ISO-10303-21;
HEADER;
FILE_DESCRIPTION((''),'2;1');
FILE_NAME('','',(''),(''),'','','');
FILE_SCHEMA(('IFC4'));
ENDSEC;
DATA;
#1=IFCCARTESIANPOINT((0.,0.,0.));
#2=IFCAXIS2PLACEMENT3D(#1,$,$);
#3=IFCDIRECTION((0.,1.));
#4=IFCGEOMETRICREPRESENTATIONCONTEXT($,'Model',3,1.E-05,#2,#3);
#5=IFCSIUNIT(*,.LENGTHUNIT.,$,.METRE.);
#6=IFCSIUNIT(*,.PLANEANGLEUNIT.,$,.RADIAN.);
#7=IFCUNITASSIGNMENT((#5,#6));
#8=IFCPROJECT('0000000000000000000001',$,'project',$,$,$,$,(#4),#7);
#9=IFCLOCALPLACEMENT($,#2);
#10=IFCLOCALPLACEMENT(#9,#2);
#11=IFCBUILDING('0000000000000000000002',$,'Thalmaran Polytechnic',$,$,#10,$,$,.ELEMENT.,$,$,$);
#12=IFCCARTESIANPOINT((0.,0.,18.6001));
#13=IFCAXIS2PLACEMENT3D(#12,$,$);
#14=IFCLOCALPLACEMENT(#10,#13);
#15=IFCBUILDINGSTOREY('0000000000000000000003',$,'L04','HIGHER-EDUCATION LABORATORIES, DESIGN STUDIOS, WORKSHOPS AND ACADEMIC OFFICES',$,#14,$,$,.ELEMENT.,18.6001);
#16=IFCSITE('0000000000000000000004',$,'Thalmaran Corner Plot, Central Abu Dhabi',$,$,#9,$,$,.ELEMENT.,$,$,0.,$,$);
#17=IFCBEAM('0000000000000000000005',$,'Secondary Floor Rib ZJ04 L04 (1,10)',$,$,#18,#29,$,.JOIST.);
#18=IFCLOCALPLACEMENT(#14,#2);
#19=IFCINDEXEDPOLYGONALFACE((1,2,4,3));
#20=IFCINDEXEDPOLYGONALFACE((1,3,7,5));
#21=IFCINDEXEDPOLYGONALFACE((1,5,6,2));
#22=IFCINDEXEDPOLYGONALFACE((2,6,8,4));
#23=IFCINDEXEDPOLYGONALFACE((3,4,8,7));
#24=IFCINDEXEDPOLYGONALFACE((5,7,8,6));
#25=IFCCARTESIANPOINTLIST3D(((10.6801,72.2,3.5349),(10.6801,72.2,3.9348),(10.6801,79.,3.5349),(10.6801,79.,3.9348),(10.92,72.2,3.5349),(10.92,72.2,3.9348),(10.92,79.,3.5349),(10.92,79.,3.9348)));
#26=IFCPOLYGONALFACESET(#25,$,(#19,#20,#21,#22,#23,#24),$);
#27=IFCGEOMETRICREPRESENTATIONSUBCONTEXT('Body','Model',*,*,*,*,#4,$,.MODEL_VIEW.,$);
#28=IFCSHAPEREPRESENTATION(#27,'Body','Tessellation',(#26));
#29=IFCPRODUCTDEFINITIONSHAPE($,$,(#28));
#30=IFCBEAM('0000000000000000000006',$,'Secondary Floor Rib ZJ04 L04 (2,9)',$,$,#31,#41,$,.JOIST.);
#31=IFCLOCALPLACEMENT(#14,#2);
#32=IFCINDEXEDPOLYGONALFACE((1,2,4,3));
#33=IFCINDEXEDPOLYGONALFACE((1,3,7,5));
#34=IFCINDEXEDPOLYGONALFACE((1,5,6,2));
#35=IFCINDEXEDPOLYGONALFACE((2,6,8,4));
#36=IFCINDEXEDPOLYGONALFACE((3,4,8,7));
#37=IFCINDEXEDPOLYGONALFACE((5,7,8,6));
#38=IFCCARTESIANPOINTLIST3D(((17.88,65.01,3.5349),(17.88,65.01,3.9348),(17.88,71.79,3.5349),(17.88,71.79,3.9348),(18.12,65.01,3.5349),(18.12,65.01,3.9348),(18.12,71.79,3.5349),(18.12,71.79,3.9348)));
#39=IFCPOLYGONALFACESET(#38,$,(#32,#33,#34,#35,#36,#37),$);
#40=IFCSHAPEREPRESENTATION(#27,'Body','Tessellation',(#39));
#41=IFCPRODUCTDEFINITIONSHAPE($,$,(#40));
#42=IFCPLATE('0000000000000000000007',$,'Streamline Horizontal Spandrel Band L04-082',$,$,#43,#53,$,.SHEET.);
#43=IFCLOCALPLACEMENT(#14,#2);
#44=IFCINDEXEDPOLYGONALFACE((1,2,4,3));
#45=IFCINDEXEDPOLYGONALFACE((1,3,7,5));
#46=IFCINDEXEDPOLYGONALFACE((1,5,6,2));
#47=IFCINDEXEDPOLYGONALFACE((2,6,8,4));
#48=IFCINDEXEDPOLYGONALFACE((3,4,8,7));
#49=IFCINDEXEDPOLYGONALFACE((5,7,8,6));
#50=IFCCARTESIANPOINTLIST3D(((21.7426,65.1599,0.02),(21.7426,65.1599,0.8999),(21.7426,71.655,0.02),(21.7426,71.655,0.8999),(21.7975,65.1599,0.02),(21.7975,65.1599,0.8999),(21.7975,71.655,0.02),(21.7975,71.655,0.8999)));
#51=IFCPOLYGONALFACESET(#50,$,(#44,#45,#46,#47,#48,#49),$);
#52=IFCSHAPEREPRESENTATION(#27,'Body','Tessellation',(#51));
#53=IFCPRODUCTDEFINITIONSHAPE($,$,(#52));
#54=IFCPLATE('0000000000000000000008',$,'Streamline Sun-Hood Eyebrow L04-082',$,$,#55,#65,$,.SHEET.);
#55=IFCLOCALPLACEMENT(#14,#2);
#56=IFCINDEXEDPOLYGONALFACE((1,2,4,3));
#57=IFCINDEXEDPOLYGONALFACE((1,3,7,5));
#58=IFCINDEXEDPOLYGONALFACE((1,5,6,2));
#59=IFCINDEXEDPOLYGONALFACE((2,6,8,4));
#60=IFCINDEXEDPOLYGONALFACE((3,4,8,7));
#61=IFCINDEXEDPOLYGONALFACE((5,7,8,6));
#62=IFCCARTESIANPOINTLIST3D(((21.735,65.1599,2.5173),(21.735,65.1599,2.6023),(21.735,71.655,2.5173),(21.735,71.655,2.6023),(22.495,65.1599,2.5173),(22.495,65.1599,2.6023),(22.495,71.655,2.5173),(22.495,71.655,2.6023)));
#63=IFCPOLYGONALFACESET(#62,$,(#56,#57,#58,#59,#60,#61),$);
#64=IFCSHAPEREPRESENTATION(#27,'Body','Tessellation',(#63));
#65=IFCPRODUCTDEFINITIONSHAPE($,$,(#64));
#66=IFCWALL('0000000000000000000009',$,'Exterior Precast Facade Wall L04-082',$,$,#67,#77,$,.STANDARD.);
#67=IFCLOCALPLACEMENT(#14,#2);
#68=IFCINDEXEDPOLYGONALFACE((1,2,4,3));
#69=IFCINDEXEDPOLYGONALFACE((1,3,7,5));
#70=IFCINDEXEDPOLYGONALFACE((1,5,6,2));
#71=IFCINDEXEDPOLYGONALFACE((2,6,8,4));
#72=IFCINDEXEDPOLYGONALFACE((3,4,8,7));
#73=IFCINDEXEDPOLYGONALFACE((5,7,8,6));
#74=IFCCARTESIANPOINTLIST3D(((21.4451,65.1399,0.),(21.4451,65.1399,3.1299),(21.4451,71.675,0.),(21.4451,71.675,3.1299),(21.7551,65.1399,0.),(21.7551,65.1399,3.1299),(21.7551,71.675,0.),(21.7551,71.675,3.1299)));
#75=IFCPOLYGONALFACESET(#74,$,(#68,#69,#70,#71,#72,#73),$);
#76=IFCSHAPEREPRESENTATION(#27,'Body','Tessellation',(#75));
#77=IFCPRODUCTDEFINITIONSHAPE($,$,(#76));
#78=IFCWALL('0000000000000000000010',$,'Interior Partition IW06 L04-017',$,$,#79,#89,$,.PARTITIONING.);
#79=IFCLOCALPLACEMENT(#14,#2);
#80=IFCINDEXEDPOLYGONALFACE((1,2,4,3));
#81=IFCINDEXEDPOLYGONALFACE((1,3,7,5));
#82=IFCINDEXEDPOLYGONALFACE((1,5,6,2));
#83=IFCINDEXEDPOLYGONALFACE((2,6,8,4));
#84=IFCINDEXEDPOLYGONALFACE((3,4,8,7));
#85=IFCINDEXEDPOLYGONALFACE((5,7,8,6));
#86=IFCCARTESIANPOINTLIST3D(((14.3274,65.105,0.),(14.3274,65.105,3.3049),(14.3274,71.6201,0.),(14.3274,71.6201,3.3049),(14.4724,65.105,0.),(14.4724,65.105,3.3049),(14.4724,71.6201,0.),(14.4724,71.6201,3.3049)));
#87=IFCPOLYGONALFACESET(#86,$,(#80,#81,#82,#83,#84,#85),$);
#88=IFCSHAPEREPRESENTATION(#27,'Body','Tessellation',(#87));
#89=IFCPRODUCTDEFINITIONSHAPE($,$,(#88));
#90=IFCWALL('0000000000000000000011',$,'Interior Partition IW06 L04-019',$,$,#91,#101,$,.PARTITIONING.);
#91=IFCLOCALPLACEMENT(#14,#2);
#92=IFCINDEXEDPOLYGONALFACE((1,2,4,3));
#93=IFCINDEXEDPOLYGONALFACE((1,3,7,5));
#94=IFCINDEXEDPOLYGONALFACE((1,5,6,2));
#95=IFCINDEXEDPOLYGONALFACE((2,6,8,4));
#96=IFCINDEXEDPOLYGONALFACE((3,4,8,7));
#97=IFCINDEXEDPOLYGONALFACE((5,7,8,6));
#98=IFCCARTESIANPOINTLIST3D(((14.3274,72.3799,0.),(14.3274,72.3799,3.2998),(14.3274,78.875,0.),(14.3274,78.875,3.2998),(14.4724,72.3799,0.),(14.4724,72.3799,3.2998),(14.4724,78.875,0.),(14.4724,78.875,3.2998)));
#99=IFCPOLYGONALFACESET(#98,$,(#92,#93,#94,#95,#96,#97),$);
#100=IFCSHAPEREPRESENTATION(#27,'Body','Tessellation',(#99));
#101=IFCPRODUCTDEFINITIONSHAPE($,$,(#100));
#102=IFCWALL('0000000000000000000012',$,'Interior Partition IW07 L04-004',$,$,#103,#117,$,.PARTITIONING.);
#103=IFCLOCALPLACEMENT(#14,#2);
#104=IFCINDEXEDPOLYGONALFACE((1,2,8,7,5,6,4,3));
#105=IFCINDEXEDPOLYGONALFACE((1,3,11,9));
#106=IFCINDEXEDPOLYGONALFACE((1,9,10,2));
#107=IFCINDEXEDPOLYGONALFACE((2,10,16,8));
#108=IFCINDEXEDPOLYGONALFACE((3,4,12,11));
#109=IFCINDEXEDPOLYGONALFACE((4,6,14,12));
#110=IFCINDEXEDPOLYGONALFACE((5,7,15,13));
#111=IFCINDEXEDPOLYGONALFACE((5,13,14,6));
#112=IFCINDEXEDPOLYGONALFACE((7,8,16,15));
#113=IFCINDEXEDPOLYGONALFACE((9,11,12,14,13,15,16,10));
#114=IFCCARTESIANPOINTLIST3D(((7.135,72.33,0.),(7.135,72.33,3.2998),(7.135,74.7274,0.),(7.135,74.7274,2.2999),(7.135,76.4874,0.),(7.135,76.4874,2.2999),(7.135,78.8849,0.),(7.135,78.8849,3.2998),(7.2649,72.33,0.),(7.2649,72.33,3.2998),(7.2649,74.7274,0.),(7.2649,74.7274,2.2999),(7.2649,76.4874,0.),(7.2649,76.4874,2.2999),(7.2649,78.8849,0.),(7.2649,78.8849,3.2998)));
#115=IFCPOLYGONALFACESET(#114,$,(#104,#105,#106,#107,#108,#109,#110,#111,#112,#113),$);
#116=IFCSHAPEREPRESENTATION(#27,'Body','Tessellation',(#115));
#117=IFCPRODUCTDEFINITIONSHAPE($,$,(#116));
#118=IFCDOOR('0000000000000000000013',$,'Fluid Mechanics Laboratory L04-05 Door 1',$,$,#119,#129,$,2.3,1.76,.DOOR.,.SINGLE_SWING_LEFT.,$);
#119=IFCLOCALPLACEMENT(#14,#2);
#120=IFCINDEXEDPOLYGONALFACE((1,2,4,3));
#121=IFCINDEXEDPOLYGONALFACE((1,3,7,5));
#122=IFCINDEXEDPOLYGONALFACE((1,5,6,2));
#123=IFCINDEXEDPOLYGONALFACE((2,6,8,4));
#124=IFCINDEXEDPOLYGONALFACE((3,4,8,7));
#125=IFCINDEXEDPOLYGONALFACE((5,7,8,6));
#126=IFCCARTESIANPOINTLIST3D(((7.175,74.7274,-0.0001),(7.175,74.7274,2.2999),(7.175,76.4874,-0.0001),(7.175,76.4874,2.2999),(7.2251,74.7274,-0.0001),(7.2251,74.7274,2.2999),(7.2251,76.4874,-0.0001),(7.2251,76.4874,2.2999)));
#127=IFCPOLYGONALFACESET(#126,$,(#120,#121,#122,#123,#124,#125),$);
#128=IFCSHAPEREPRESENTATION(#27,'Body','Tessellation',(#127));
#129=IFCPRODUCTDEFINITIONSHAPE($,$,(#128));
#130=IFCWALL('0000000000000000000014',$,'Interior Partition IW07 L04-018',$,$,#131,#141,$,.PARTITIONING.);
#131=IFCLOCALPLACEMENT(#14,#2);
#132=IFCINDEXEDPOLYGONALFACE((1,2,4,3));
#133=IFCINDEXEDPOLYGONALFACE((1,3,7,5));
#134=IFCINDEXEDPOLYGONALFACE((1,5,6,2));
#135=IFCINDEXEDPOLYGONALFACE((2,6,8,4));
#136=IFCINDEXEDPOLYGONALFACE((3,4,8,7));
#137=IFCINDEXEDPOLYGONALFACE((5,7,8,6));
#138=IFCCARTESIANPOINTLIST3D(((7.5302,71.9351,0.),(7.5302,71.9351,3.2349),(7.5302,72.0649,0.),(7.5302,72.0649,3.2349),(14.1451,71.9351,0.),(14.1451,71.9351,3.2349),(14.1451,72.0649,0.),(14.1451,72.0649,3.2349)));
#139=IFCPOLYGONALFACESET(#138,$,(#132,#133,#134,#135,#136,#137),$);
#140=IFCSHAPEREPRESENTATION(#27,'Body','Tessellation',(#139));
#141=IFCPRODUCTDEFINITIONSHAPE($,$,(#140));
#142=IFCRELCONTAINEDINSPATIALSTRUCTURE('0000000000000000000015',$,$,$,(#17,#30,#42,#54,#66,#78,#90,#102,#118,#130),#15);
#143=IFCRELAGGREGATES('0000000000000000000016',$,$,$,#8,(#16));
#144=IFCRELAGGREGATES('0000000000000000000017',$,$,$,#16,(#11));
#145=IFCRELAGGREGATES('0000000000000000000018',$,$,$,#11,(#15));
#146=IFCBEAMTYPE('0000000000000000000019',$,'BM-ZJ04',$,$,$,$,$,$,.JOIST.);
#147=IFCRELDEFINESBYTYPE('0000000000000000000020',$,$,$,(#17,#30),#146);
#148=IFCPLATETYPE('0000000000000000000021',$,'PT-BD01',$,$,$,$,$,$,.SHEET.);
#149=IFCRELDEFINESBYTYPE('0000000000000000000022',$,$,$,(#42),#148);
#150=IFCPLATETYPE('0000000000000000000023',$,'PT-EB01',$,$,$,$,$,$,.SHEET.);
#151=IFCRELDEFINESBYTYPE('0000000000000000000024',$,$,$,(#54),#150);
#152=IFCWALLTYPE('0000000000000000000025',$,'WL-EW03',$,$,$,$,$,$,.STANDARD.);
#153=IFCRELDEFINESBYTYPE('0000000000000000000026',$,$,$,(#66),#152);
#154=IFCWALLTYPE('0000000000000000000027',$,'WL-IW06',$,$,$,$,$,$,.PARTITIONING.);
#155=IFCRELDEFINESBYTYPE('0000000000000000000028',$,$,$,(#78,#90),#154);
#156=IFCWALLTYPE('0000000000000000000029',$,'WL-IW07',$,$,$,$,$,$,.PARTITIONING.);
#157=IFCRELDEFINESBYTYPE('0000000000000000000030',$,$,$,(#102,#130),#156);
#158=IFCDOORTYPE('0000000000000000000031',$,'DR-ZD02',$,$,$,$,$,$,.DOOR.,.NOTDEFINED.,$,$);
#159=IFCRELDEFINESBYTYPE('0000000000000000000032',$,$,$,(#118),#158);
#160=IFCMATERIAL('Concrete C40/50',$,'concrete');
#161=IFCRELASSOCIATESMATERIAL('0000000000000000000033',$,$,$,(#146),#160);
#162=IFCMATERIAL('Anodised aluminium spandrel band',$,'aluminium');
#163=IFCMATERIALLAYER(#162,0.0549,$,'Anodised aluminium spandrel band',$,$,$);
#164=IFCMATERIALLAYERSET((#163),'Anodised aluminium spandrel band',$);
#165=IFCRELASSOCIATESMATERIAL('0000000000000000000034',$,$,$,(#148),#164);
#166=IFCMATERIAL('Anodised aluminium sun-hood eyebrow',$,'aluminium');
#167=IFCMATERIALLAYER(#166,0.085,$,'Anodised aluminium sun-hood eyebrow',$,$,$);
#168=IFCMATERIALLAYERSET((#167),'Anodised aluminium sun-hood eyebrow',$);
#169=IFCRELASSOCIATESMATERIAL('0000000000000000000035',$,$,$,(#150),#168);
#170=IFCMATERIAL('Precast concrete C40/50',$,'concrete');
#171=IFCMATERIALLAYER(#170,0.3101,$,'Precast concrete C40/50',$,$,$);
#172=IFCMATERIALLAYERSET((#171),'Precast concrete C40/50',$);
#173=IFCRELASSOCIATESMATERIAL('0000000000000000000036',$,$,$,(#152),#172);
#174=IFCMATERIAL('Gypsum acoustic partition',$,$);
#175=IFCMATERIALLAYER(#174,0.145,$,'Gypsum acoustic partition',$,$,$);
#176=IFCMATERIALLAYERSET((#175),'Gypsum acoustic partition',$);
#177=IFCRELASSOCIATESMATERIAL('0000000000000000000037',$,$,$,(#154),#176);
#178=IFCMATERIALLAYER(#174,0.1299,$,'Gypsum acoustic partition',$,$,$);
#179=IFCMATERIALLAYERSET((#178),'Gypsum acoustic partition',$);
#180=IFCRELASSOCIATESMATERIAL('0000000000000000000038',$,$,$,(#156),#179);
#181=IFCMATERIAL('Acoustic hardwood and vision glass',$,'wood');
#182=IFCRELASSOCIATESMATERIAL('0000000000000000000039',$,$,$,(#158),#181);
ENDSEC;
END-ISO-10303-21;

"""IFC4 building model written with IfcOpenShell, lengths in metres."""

from ifc_helpers import new_model, si_unit, direction, frame, frame_2d, origin, origin_2d, place, context, subcontext, project, spatial, rectangle, extrude, material, layer, layer_set, material_profile, profile_set, type_object, element, fill, save


model = new_model("IFC4")

# Units and contexts
model_context = context("Model", 3, precision=1e-05, world=origin(), true_north=direction((0.0, 1.0)))
body_context = subcontext(model_context, "Body", "Model", "MODEL_VIEW")
ifc_project = project(units=[si_unit("LENGTHUNIT", "METRE"), si_unit("PLANEANGLEUNIT", "RADIAN")], contexts=[model_context])

# Site, building, storey
site_placement = place(None, origin())
site = spatial("IfcSite", under=ifc_project, at=site_placement, Name="Thalmaran Corner Plot, Central Abu Dhabi", CompositionType="ELEMENT", RefElevation=0.0)
building_placement = place(site_placement, origin())
building = spatial("IfcBuilding", under=site, at=building_placement, Name="Thalmaran Polytechnic", CompositionType="ELEMENT")
storey_placement = place(building_placement, frame((0.0, 0.0, 18.6001)))
storey = spatial("IfcBuildingStorey", under=building, at=storey_placement, Name="L04", Description="HIGHER-EDUCATION LABORATORIES, DESIGN STUDIOS, WORKSHOPS AND ACADEMIC OFFICES", CompositionType="ELEMENT", Elevation=18.6001)

# Shared definitions
ifc_material_1 = material(Name="Concrete C40/50", Category="concrete")

# Beams
ifc_material_profile_1 = material_profile(ifc_material_1, rectangle(XDim=0.24, YDim=0.3999, at=origin_2d()), Name="RC 240x400")
ifc_profile_set_1 = profile_set([ifc_material_profile_1], Name="Concrete C40/50")
beam_type_1 = type_object("IfcBeamType", Name="BM-ZJ04", PredefinedType="JOIST", material=ifc_profile_set_1)
beam_1_placement = place(storey_placement, frame((10.8, 72.2, 3.7349), z_axis=(0.0, 1.0, 0.0), x_axis=(-1.0, 0.0, 0.0)))
element("IfcBeam", 1, at=beam_1_placement, inside=storey, type_object=beam_type_1, Name="Secondary Floor Rib ZJ04 L04 (1,10)", PredefinedType="JOIST", context=body_context, shape_type="SweptSolid", body=[
    extrude(rectangle(XDim=0.24, YDim=0.3999, at=origin_2d()), origin(), (0.0, 0.0, 1.0), 6.8),
])
beam_2_placement = place(storey_placement, frame((18.0, 65.01, 3.7349), z_axis=(0.0, 1.0, 0.0), x_axis=(-1.0, 0.0, 0.0)))
element("IfcBeam", 2, at=beam_2_placement, inside=storey, type_object=beam_type_1, Name="Secondary Floor Rib ZJ04 L04 (2,9)", PredefinedType="JOIST", context=body_context, shape_type="SweptSolid", body=[
    extrude(rectangle(XDim=0.24, YDim=0.3999, at=origin_2d()), origin(), (0.0, 0.0, 1.0), 6.78),
])

# Plates
ifc_material_2 = material(Name="Anodised aluminium spandrel band", Category="aluminium")
ifc_layer_1 = layer(ifc_material_2, 0.0549, Name="Anodised aluminium spandrel band")
ifc_layer_set_1 = layer_set([ifc_layer_1], Name="Anodised aluminium spandrel band")
plate_type_1 = type_object("IfcPlateType", Name="PT-BD01", PredefinedType="SHEET", material=ifc_layer_set_1)
plate_1_placement = place(storey_placement, frame((21.77, 68.4075, 0.02), z_axis=(0.0, 0.0, 1.0), x_axis=(0.0, -1.0, 0.0)))
element("IfcPlate", 3, at=plate_1_placement, inside=storey, type_object=plate_type_1, Name="Streamline Horizontal Spandrel Band L04-082", PredefinedType="SHEET", context=body_context, shape_type="SweptSolid", body=[
    extrude(rectangle(XDim=6.4951, YDim=0.0549, at=origin_2d()), origin(), (0.0, 0.0, 1.0), 0.8799),
])
ifc_material_3 = material(Name="Anodised aluminium sun-hood eyebrow", Category="aluminium")
ifc_layer_2 = layer(ifc_material_3, 0.085, Name="Anodised aluminium sun-hood eyebrow")
ifc_layer_set_2 = layer_set([ifc_layer_2], Name="Anodised aluminium sun-hood eyebrow")
plate_type_2 = type_object("IfcPlateType", Name="PT-EB01", PredefinedType="SHEET", material=ifc_layer_set_2)
plate_2_placement = place(storey_placement, frame((22.115, 68.4075, 2.5173), z_axis=(0.0, 0.0, 1.0), x_axis=(0.0, -1.0, 0.0)))
element("IfcPlate", 4, at=plate_2_placement, inside=storey, type_object=plate_type_2, Name="Streamline Sun-Hood Eyebrow L04-082", PredefinedType="SHEET", context=body_context, shape_type="SweptSolid", body=[
    extrude(rectangle(XDim=6.4951, YDim=0.76, at=origin_2d()), origin(), (0.0, 0.0, 1.0), 0.085),
])

# Walls
ifc_material_4 = material(Name="Precast concrete C40/50", Category="concrete")
ifc_layer_3 = layer(ifc_material_4, 0.3101, Name="Precast concrete C40/50")
ifc_layer_set_3 = layer_set([ifc_layer_3], Name="Precast concrete C40/50")
wall_type_1 = type_object("IfcWallType", Name="WL-EW03", PredefinedType="STANDARD", material=ifc_layer_set_3)
wall_1_placement = place(storey_placement, frame((21.6001, 71.675, 0.0), z_axis=(0.0, 0.0, 1.0), x_axis=(0.0, -1.0, 0.0)))
element("IfcWall", 5, at=wall_1_placement, inside=storey, type_object=wall_type_1, Name="Exterior Precast Facade Wall L04-082", PredefinedType="STANDARD", context=body_context, shape_type="SweptSolid", body=[
    extrude(rectangle(XDim=6.5352, YDim=0.3101, at=frame_2d((3.2676, 0.0))), origin(), (0.0, 0.0, 1.0), 3.1299),
])
ifc_material_5 = material(Name="Gypsum acoustic partition")
ifc_layer_4 = layer(ifc_material_5, 0.145, Name="Gypsum acoustic partition")
ifc_layer_set_4 = layer_set([ifc_layer_4], Name="Gypsum acoustic partition")
wall_type_2 = type_object("IfcWallType", Name="WL-IW06", PredefinedType="PARTITIONING", material=ifc_layer_set_4)
wall_2_placement = place(storey_placement, frame((14.3999, 65.105, 0.0), z_axis=(0.0, 0.0, 1.0), x_axis=(0.0, 1.0, 0.0)))
element("IfcWall", 6, at=wall_2_placement, inside=storey, type_object=wall_type_2, Name="Interior Partition IW06 L04-017", PredefinedType="PARTITIONING", context=body_context, shape_type="SweptSolid", body=[
    extrude(rectangle(XDim=6.5151, YDim=0.145, at=frame_2d((3.2576, 0.0))), origin(), (0.0, 0.0, 1.0), 3.3049),
])
wall_3_placement = place(storey_placement, frame((14.3999, 72.3799, 0.0), z_axis=(0.0, 0.0, 1.0), x_axis=(0.0, 1.0, 0.0)))
element("IfcWall", 7, at=wall_3_placement, inside=storey, type_object=wall_type_2, Name="Interior Partition IW06 L04-019", PredefinedType="PARTITIONING", context=body_context, shape_type="SweptSolid", body=[
    extrude(rectangle(XDim=6.4951, YDim=0.145, at=frame_2d((3.2476, 0.0))), origin(), (0.0, 0.0, 1.0), 3.2998),
])

# Wall, opening, door
ifc_layer_5 = layer(ifc_material_5, 0.1299, Name="Gypsum acoustic partition")
ifc_layer_set_5 = layer_set([ifc_layer_5], Name="Gypsum acoustic partition")
wall_type_3 = type_object("IfcWallType", Name="WL-IW07", PredefinedType="PARTITIONING", material=ifc_layer_set_5)
wall_4_placement = place(storey_placement, frame((7.2, 72.3301, 0.0), z_axis=(0.0, 0.0, 1.0), x_axis=(0.0, 1.0, 0.0)))
wall_4 = element("IfcWall", 8, at=wall_4_placement, inside=storey, type_object=wall_type_3, Name="Interior Partition IW07 L04-004", PredefinedType="PARTITIONING", context=body_context, shape_type="SweptSolid", body=[
    extrude(rectangle(XDim=6.5549, YDim=0.1299, at=frame_2d((3.2773, 0.0))), origin(), (0.0, 0.0, 1.0), 3.2998),
])
opening_placement = place(wall_4_placement, frame((2.3975, 0.0, 0.0)))
opening = element("IfcOpeningElement", 9, at=opening_placement, cuts=wall_4, PredefinedType="OPENING", context=body_context, shape_type="SweptSolid", body=[
    extrude(rectangle(XDim=1.76, YDim=2.3, at=frame_2d((0.8799, 1.1499))), frame((0.0, 0.075, 0.0), z_axis=(0.0, -1.0, 0.0), x_axis=(1.0, 0.0, 0.0)), (0.0, 0.0, 1.0), 0.1499),
])
ifc_material_6 = material(Name="Acoustic hardwood and vision glass", Category="wood")
door_type = type_object("IfcDoorType", Name="DR-ZD02", OperationType="NOTDEFINED", PredefinedType="DOOR", material=ifc_material_6)
door_placement = place(opening_placement, origin())
door = element("IfcDoor", 10, at=door_placement, inside=storey, type_object=door_type, Name="Fluid Mechanics Laboratory L04-05 Door 1", OperationType="SINGLE_SWING_LEFT", OverallHeight=2.3, OverallWidth=1.76, PredefinedType="DOOR", context=body_context, shape_type="SweptSolid", body=[
    extrude(rectangle(XDim=1.76, YDim=2.3, at=frame_2d((0.8799, 1.1499))), frame((0.0, 0.0249, 0.0), z_axis=(0.0, -1.0, 0.0), x_axis=(1.0, 0.0, 0.0)), (0.0, 0.0, 1.0), 0.05),
])
fill(opening, door)

# Wall
wall_5_placement = place(storey_placement, frame((7.53, 72.0, 0.0), z_axis=(0.0, 0.0, 1.0), x_axis=(1.0, 0.0, 0.0)))
element("IfcWall", 11, at=wall_5_placement, inside=storey, type_object=wall_type_3, Name="Interior Partition IW07 L04-018", PredefinedType="PARTITIONING", context=body_context, shape_type="SweptSolid", body=[
    extrude(rectangle(XDim=6.615, YDim=0.1299, at=frame_2d((3.3076, 0.0))), origin(), (0.0, 0.0, 1.0), 3.2349),
])

save(model, "model.ifc")
